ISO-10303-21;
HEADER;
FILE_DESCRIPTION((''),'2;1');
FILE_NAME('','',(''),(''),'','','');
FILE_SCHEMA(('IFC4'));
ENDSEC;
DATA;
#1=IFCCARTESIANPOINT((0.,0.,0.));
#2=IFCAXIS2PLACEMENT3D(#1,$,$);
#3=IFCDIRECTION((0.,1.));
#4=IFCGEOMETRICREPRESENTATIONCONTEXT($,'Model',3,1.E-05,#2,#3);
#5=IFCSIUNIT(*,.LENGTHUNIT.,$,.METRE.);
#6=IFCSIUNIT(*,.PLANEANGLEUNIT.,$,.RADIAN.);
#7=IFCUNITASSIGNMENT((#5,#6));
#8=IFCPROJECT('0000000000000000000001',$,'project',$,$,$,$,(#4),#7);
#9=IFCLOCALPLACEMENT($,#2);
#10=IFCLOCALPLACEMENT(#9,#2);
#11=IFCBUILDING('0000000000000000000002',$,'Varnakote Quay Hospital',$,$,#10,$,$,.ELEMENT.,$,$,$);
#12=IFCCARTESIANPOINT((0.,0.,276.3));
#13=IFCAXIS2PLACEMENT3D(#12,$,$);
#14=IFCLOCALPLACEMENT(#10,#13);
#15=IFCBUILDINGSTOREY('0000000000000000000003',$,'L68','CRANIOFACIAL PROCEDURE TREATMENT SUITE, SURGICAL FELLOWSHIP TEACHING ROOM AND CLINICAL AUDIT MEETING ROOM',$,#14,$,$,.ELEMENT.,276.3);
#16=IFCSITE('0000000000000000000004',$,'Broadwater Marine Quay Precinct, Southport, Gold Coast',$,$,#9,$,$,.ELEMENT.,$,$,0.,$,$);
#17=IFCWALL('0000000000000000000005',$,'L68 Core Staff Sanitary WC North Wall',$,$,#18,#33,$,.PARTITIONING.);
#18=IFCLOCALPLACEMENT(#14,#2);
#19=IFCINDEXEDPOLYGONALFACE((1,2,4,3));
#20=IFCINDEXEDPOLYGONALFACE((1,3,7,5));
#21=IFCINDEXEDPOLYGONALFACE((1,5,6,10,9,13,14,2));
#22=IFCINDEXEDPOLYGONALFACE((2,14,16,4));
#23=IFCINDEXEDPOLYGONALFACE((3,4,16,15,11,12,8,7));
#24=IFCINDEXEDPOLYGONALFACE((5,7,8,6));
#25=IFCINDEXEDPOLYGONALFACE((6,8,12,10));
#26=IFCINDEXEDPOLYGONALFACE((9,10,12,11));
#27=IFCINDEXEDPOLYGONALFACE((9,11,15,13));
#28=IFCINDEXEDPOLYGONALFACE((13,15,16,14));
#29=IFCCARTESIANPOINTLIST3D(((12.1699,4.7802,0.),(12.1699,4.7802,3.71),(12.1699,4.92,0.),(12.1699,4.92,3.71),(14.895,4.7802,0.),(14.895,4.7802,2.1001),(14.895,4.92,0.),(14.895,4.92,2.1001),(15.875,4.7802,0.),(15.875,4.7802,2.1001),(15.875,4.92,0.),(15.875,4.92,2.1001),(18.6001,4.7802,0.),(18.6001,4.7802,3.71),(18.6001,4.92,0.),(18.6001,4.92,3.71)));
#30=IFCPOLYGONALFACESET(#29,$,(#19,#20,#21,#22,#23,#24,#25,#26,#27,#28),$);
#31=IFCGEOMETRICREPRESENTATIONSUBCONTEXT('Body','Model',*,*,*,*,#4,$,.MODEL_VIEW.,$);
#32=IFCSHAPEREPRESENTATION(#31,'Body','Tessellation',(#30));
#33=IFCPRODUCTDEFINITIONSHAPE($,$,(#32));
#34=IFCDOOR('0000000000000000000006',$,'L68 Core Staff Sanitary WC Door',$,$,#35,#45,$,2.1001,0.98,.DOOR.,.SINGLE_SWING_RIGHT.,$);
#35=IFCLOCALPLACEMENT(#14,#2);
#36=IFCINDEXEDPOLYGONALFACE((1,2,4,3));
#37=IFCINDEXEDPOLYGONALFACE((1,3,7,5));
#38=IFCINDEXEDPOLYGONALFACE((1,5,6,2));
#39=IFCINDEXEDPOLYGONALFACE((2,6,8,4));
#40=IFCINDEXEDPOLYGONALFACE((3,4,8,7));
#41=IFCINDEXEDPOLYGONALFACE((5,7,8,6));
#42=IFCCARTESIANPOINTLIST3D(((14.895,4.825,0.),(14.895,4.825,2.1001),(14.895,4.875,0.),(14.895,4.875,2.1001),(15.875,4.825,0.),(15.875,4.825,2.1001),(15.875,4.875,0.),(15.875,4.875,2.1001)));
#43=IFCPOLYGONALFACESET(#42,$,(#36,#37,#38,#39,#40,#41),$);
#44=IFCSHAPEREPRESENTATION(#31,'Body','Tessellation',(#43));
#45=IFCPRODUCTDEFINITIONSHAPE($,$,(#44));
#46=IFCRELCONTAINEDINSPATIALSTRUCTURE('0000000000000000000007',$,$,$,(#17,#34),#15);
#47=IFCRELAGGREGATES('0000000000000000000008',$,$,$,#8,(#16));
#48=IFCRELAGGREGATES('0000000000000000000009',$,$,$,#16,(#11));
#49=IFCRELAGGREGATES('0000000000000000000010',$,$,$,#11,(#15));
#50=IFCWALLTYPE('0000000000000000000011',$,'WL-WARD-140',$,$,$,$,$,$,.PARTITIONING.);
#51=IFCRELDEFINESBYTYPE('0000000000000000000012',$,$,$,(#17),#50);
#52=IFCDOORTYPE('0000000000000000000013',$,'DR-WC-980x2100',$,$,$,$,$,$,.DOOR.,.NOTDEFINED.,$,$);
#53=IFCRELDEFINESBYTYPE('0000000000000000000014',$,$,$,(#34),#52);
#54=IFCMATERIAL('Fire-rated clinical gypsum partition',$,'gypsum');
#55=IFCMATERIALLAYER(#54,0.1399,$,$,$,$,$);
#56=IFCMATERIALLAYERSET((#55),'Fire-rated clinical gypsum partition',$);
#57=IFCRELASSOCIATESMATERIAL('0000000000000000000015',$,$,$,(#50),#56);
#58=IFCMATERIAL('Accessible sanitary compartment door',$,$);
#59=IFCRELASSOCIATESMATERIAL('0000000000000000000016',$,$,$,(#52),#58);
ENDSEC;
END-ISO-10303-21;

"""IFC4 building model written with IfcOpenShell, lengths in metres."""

from ifc_helpers import new_model, si_unit, direction, frame, frame_2d, origin, place, context, subcontext, project, spatial, rectangle, extrude, material, layer, layer_set, type_object, element, fill, save


model = new_model("IFC4")

# Units and contexts
model_context = context("Model", 3, precision=1e-05, world=origin(), true_north=direction((0.0, 1.0)))
body_context = subcontext(model_context, "Body", "Model", "MODEL_VIEW")
ifc_project = project(units=[si_unit("LENGTHUNIT", "METRE"), si_unit("PLANEANGLEUNIT", "RADIAN")], contexts=[model_context])

# Site, building, storey
site_placement = place(None, origin())
site = spatial("IfcSite", under=ifc_project, at=site_placement, Name="Broadwater Marine Quay Precinct, Southport, Gold Coast", CompositionType="ELEMENT", RefElevation=0.0)
building_placement = place(site_placement, origin())
building = spatial("IfcBuilding", under=site, at=building_placement, Name="Varnakote Quay Hospital", CompositionType="ELEMENT")
storey_placement = place(building_placement, frame((0.0, 0.0, 276.3)))
storey = spatial("IfcBuildingStorey", under=building, at=storey_placement, Name="L68", Description="CRANIOFACIAL PROCEDURE TREATMENT SUITE, SURGICAL FELLOWSHIP TEACHING ROOM AND CLINICAL AUDIT MEETING ROOM", CompositionType="ELEMENT", Elevation=276.3)

# Wall, opening, door
ifc_material_1 = material(Name="Fire-rated clinical gypsum partition", Category="gypsum")
ifc_layer_1 = layer(ifc_material_1, 0.1399)
ifc_layer_set_1 = layer_set([ifc_layer_1], Name="Fire-rated clinical gypsum partition")
wall_type_1 = type_object("IfcWallType", Name="WL-WARD-140", PredefinedType="PARTITIONING", material=ifc_layer_set_1)
wall_1_placement = place(storey_placement, frame((12.1699, 4.8501, 0.0), z_axis=(0.0, 0.0, 1.0), x_axis=(1.0, 0.0, 0.0)))
wall_1 = element("IfcWall", 1, at=wall_1_placement, inside=storey, type_object=wall_type_1, Name="L68 Core Staff Sanitary WC North Wall", PredefinedType="PARTITIONING", context=body_context, shape_type="SweptSolid", body=[
    extrude(rectangle(XDim=6.4302, YDim=0.1399, at=frame_2d((3.2151, 0.0))), origin(), (0.0, 0.0, 1.0), 3.71),
])
opening_1_placement = place(wall_1_placement, frame((2.7251, 0.0, 0.0)))
opening_1 = element("IfcOpeningElement", 2, at=opening_1_placement, cuts=wall_1, PredefinedType="OPENING", context=body_context, shape_type="SweptSolid", body=[
    extrude(rectangle(XDim=0.98, YDim=2.1001, at=frame_2d((0.49, 1.05))), frame((0.0, 0.0798, 0.0), z_axis=(0.0, -1.0, 0.0), x_axis=(1.0, 0.0, 0.0)), (0.0, 0.0, 1.0), 0.1599),
])
ifc_material_2 = material(Name="Accessible sanitary compartment door")
door_type_1 = type_object("IfcDoorType", Name="DR-WC-980x2100", OperationType="NOTDEFINED", PredefinedType="DOOR", material=ifc_material_2)
door_1_placement = place(opening_1_placement, origin())
door_1 = element("IfcDoor", 3, at=door_1_placement, inside=storey, type_object=door_type_1, Name="L68 Core Staff Sanitary WC Door", OperationType="SINGLE_SWING_RIGHT", OverallHeight=2.1001, OverallWidth=0.98, PredefinedType="DOOR", context=body_context, shape_type="SweptSolid", body=[
    extrude(rectangle(XDim=0.98, YDim=2.1001, at=frame_2d((0.49, 1.05))), frame((0.0, 0.0249, 0.0), z_axis=(0.0, -1.0, 0.0), x_axis=(1.0, 0.0, 0.0)), (0.0, 0.0, 1.0), 0.05),
])
fill(opening_1, door_1)

save(model, "model.ifc")
